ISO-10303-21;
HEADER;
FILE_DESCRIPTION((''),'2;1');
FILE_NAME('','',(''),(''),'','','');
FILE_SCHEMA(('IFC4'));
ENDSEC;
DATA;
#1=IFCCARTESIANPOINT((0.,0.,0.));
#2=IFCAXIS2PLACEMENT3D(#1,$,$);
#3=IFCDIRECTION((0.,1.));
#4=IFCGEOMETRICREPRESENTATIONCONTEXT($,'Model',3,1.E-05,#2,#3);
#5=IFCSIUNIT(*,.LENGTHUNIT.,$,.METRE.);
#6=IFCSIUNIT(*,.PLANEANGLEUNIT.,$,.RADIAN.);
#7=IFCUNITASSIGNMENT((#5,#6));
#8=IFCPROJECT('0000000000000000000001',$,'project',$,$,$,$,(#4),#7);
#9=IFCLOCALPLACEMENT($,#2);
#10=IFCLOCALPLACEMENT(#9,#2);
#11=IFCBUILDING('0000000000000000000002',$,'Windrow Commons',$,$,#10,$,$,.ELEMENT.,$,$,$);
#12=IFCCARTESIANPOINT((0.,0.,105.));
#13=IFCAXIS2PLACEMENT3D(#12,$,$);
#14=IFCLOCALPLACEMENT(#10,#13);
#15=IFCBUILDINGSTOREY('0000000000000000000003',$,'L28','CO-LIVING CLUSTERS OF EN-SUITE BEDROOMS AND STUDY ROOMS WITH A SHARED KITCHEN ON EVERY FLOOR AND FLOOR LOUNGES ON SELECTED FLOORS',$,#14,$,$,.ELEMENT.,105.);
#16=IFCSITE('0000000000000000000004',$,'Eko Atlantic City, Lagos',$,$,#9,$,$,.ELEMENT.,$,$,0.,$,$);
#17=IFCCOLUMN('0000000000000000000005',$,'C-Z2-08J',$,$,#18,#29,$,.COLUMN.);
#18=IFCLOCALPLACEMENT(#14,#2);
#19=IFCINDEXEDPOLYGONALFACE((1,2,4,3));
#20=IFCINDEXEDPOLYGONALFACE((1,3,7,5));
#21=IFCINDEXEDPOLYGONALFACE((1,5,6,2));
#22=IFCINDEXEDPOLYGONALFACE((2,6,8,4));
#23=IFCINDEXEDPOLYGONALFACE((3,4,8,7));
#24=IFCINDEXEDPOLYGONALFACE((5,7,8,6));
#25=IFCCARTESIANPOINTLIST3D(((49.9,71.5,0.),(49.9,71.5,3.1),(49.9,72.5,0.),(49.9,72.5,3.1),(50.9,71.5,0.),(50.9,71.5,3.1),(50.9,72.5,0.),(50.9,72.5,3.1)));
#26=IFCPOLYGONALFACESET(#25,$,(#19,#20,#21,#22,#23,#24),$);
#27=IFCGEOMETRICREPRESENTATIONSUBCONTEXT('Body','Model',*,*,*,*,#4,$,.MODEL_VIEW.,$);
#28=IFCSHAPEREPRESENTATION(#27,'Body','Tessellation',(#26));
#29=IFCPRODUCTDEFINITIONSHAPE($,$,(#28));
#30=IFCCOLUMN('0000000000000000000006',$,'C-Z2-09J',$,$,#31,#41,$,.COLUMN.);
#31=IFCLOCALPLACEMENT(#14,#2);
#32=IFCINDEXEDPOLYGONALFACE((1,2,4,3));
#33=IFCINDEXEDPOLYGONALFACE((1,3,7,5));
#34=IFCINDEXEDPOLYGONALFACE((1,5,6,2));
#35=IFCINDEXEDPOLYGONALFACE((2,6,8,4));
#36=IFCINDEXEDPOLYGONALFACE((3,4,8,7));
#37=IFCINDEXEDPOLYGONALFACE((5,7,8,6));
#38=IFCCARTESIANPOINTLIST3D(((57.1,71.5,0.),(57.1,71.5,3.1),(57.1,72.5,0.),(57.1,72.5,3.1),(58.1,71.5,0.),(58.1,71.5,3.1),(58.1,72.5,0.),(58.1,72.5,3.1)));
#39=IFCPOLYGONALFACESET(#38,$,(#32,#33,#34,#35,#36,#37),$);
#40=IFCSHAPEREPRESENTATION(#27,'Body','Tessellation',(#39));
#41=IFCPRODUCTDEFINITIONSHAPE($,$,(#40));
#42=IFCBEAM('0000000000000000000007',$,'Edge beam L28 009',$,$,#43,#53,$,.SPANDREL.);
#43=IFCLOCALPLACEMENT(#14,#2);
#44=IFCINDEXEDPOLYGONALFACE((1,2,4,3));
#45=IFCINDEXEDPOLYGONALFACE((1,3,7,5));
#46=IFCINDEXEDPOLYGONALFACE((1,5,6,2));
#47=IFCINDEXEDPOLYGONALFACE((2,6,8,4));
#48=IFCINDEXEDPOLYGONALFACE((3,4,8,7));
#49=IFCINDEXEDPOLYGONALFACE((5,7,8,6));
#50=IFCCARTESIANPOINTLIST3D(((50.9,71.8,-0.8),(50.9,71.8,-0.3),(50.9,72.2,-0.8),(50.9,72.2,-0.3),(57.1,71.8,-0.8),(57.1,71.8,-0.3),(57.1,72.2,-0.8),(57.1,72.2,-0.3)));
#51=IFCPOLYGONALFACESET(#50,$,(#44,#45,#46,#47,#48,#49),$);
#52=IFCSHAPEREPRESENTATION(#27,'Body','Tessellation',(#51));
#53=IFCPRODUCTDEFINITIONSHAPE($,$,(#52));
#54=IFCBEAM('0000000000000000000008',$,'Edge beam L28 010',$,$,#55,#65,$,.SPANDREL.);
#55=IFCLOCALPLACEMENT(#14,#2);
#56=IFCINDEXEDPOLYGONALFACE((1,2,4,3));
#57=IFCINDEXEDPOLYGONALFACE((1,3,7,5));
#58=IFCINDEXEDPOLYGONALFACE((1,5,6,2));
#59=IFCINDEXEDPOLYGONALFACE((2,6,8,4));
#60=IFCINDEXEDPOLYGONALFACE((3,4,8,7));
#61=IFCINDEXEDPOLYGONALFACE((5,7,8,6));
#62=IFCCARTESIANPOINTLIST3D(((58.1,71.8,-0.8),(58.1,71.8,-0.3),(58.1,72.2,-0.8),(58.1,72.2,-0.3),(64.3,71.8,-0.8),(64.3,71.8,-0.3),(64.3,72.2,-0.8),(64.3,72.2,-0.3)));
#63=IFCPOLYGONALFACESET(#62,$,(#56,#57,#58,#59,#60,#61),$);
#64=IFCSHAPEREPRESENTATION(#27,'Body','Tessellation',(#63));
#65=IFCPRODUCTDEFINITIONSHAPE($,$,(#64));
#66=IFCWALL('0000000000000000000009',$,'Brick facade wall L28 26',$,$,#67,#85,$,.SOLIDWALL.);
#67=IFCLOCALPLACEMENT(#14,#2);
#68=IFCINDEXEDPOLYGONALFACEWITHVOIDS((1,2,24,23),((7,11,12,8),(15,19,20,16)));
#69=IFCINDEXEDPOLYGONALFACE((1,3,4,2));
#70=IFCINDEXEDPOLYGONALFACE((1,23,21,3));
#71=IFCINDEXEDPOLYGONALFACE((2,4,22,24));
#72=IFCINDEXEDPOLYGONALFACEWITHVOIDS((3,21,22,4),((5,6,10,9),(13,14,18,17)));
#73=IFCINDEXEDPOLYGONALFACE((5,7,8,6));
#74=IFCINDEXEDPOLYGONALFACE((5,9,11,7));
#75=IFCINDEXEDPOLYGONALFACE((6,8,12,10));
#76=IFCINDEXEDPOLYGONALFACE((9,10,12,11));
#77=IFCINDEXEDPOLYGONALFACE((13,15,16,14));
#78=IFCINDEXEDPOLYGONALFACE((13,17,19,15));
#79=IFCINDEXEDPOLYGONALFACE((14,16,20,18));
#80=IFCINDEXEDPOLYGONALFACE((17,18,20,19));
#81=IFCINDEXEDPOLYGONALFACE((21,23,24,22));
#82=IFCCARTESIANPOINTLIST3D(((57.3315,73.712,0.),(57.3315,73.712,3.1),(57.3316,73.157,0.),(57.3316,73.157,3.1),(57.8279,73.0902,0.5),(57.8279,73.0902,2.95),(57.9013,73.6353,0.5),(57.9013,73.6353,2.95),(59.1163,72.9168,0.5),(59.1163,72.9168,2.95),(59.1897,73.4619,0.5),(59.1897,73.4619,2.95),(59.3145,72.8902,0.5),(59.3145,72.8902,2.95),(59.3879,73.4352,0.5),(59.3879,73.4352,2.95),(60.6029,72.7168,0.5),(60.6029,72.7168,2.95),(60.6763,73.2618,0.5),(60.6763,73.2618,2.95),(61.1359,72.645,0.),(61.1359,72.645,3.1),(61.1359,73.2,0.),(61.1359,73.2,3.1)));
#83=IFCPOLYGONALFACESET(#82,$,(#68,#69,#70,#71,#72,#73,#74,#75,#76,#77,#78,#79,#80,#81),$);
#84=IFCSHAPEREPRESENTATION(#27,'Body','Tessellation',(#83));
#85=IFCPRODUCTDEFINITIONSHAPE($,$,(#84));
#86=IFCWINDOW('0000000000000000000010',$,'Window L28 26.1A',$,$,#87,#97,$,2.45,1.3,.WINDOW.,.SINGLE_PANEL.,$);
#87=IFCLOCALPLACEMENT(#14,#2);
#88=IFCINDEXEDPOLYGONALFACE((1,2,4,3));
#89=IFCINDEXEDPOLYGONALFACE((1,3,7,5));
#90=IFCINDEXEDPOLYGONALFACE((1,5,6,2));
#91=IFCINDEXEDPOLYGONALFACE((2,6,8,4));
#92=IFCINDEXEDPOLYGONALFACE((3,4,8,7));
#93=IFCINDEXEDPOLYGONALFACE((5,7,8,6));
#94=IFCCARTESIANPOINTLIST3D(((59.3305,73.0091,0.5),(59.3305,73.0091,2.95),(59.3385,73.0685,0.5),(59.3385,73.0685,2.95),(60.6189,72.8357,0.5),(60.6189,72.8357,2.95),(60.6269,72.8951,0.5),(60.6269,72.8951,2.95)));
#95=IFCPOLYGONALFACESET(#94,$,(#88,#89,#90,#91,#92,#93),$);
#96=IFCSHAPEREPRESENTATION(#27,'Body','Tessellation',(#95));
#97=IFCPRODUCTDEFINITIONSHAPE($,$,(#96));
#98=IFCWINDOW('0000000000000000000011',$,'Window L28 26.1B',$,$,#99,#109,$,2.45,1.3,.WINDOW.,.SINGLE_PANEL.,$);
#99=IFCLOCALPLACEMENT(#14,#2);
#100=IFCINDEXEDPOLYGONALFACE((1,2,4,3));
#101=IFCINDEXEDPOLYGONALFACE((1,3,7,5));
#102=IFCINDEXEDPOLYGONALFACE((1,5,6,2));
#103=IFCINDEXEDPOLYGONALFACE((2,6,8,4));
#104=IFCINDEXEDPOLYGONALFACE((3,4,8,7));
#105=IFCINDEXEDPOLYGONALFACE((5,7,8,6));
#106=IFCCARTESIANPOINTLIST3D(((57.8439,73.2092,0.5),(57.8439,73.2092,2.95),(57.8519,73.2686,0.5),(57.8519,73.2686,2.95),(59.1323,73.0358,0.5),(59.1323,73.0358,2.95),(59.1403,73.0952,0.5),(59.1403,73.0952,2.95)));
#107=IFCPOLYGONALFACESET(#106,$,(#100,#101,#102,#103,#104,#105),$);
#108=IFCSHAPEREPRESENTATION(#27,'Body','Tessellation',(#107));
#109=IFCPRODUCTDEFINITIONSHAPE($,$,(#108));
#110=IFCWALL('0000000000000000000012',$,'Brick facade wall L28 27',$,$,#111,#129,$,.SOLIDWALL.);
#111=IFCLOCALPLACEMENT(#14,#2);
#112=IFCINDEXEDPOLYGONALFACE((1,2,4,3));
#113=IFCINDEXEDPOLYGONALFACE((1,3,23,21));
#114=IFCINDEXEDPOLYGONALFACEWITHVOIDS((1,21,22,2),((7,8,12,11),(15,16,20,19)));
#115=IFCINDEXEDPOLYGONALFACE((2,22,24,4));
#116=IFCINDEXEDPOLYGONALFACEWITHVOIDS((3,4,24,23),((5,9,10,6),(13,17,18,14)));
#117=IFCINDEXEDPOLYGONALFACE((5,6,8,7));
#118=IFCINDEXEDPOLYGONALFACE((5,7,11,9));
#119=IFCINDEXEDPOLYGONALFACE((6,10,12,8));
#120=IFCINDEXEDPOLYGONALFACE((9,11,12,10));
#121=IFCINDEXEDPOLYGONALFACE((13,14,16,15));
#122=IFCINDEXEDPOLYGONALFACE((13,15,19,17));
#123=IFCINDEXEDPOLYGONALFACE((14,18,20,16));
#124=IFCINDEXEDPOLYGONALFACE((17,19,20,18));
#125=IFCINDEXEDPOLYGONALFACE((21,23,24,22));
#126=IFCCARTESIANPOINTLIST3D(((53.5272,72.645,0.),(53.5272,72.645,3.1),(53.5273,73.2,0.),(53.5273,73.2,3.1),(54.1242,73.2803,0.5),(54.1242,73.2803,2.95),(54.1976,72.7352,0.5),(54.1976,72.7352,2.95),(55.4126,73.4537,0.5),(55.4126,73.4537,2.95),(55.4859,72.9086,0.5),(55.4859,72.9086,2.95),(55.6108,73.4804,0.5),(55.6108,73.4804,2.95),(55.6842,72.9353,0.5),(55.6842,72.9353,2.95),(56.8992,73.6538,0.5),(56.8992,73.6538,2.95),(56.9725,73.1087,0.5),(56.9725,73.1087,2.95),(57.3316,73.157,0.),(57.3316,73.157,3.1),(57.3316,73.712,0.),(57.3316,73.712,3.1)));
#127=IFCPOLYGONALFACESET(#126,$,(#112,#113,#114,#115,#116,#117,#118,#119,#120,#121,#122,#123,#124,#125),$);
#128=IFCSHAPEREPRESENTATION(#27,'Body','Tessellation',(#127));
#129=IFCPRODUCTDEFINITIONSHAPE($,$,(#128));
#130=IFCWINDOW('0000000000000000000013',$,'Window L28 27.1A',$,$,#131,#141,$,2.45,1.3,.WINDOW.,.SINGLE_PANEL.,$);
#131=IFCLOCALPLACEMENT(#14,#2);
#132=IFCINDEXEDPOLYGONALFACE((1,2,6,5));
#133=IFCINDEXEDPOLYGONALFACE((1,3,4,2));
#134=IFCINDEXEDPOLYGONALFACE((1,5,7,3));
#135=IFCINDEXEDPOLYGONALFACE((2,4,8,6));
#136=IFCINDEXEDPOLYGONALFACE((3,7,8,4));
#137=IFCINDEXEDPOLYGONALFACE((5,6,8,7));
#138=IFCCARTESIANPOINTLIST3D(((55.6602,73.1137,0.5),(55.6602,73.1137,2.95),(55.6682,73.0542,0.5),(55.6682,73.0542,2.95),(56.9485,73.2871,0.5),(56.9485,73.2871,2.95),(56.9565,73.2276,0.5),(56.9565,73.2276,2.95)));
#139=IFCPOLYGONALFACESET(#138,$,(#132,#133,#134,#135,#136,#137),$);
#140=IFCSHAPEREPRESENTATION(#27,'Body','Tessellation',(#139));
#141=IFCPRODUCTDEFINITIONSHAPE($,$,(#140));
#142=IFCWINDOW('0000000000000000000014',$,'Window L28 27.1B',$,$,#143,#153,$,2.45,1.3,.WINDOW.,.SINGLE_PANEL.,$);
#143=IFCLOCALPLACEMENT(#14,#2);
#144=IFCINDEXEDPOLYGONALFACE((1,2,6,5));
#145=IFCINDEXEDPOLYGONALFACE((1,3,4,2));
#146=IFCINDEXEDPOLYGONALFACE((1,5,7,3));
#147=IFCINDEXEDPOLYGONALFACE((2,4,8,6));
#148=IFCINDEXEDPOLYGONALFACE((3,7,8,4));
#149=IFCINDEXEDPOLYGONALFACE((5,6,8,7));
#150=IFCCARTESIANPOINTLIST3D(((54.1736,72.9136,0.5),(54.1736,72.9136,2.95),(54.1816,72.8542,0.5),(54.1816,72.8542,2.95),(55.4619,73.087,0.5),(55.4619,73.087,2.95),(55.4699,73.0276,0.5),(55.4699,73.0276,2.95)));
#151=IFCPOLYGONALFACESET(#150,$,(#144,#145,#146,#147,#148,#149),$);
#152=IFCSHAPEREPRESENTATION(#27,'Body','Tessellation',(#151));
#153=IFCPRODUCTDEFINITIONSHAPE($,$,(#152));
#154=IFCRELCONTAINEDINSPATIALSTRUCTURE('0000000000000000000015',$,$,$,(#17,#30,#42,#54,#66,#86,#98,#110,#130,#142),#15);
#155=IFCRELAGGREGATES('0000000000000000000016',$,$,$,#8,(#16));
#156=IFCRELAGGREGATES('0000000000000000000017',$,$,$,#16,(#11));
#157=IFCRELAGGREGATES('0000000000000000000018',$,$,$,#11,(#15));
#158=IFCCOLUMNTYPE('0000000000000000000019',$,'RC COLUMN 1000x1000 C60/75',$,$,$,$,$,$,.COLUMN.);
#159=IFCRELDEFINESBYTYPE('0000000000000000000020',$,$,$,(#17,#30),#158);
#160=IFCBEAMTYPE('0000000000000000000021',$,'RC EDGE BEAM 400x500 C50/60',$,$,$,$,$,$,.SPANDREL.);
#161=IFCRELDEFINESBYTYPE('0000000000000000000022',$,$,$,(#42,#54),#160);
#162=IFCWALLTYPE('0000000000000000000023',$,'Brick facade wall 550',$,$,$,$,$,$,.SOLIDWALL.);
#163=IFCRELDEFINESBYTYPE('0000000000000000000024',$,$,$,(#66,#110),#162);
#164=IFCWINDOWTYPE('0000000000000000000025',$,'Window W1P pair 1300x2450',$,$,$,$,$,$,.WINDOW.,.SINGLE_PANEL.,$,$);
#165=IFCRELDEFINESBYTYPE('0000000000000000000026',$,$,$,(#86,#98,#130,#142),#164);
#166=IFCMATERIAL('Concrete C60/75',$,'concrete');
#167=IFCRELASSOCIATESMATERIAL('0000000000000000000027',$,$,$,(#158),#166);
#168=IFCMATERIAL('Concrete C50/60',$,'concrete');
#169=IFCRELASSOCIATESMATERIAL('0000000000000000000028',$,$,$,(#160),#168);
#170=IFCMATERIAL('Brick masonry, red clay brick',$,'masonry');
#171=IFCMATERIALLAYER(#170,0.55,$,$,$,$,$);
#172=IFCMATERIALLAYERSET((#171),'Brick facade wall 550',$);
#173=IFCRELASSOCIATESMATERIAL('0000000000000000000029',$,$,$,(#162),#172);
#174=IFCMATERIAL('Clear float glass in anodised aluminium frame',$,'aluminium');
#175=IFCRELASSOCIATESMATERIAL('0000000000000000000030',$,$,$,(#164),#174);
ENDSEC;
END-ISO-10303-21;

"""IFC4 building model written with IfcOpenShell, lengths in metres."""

from ifc_helpers import new_model, si_unit, direction, frame, frame_2d, origin, origin_2d, place, context, subcontext, project, spatial, polyline, rectangle, outline, extrude, material, layer, layer_set, material_profile, profile_set, type_object, element, fill, save


model = new_model("IFC4")

# Units and contexts
model_context = context("Model", 3, precision=1e-05, world=origin(), true_north=direction((0.0, 1.0)))
body_context = subcontext(model_context, "Body", "Model", "MODEL_VIEW")
ifc_project = project(units=[si_unit("LENGTHUNIT", "METRE"), si_unit("PLANEANGLEUNIT", "RADIAN")], contexts=[model_context])

# Site, building, storey
site_placement = place(None, origin())
site = spatial("IfcSite", under=ifc_project, at=site_placement, Name="Eko Atlantic City, Lagos", CompositionType="ELEMENT", RefElevation=0.0)
building_placement = place(site_placement, origin())
building = spatial("IfcBuilding", under=site, at=building_placement, Name="Windrow Commons", CompositionType="ELEMENT")
storey_placement = place(building_placement, frame((0.0, 0.0, 105.0)))
storey = spatial("IfcBuildingStorey", under=building, at=storey_placement, Name="L28", Description="CO-LIVING CLUSTERS OF EN-SUITE BEDROOMS AND STUDY ROOMS WITH A SHARED KITCHEN ON EVERY FLOOR AND FLOOR LOUNGES ON SELECTED FLOORS", CompositionType="ELEMENT", Elevation=105.0)

# Columns
ifc_material_1 = material(Name="Concrete C60/75", Category="concrete")
ifc_material_profile_1 = material_profile(ifc_material_1, rectangle(XDim=1.0, YDim=1.0, at=origin_2d()))
ifc_profile_set_1 = profile_set([ifc_material_profile_1], Name="Concrete C60/75")
column_type = type_object("IfcColumnType", Name="RC COLUMN 1000x1000 C60/75", PredefinedType="COLUMN", material=ifc_profile_set_1)
for number, where, z_axis, x_axis, name in (
    (1, (50.4, 72.0, 0.0), (0.0, 0.0, 1.0), (1.0, 0.0, 0.0), "C-Z2-08J"),
    (2, (57.6, 72.0, 0.0), (0.0, 0.0, 1.0), (1.0, 0.0, 0.0), "C-Z2-09J"),
):
    element("IfcColumn", number, at=place(storey_placement, frame(where, z_axis=z_axis, x_axis=x_axis)), inside=storey, type_object=column_type, Name=name, PredefinedType="COLUMN", context=body_context, shape_type="SweptSolid", body=[
        extrude(rectangle(XDim=1.0, YDim=1.0, at=origin_2d()), origin(), (0.0, 0.0, 1.0), 3.1),
    ])

# Beams
ifc_material_2 = material(Name="Concrete C50/60", Category="concrete")
ifc_material_profile_2 = material_profile(ifc_material_2, rectangle(XDim=0.4, YDim=0.5, at=origin_2d()))
ifc_profile_set_2 = profile_set([ifc_material_profile_2], Name="Concrete C50/60")
beam_type = type_object("IfcBeamType", Name="RC EDGE BEAM 400x500 C50/60", PredefinedType="SPANDREL", material=ifc_profile_set_2)
for number, where, z_axis, x_axis, name in (
    (3, (50.9, 72.0, -0.55), (1.0, 0.0, 0.0), (0.0, 1.0, 0.0), "Edge beam L28 009"),
    (4, (58.1, 72.0, -0.55), (1.0, 0.0, 0.0), (0.0, 1.0, 0.0), "Edge beam L28 010"),
):
    element("IfcBeam", number, at=place(storey_placement, frame(where, z_axis=z_axis, x_axis=x_axis)), inside=storey, type_object=beam_type, Name=name, PredefinedType="SPANDREL", context=body_context, shape_type="SweptSolid", body=[
        extrude(rectangle(XDim=0.4, YDim=0.5, at=origin_2d()), origin(), (0.0, 0.0, 1.0), 6.2),
    ])

# Walls, openings, windows
ifc_material_3 = material(Name="Brick masonry, red clay brick", Category="masonry")
ifc_layer_1 = layer(ifc_material_3, 0.55)
ifc_layer_set_1 = layer_set([ifc_layer_1], Name="Brick facade wall 550")
wall_type_1 = type_object("IfcWallType", Name="Brick facade wall 550", PredefinedType="SOLIDWALL", material=ifc_layer_set_1)
wall_1_placement = place(storey_placement, frame((61.1359, 72.9225, 0.0), z_axis=(0.0, 0.0, 1.0), x_axis=(-0.991065, 0.133382, 0.0)))
wall_1 = element("IfcWall", 5, at=wall_1_placement, inside=storey, type_object=wall_type_1, Name="Brick facade wall L28 26", PredefinedType="SOLIDWALL", context=body_context, shape_type="SweptSolid", body=[
    extrude(outline(polyline([(0.037, -0.275), (3.8757, -0.275), (3.8016, 0.275), (-0.037, 0.275), (0.037, -0.275)])), origin(), (0.0, 0.0, 1.0), 3.1),
])
opening_1_placement = place(wall_1_placement, frame((0.5008, 0.0, 0.5)))
opening_1 = element("IfcOpeningElement", 6, at=opening_1_placement, cuts=wall_1, PredefinedType="OPENING", context=body_context, shape_type="SweptSolid", body=[
    extrude(rectangle(XDim=1.3, YDim=2.45, at=frame_2d((0.65, 1.225))), frame((0.0, 0.285, 0.0), z_axis=(0.0, -1.0, 0.0), x_axis=(1.0, 0.0, 0.0)), (0.0, 0.0, 1.0), 0.57),
])
opening_2_placement = place(wall_1_placement, frame((2.0008, 0.0, 0.5)))
opening_2 = element("IfcOpeningElement", 7, at=opening_2_placement, cuts=wall_1, PredefinedType="OPENING", context=body_context, shape_type="SweptSolid", body=[
    extrude(rectangle(XDim=1.3, YDim=2.45, at=frame_2d((0.65, 1.225))), frame((0.0, 0.285, 0.0), z_axis=(0.0, -1.0, 0.0), x_axis=(1.0, 0.0, 0.0)), (0.0, 0.0, 1.0), 0.57),
])
ifc_material_4 = material(Name="Clear float glass in anodised aluminium frame", Category="aluminium")
window_type_1 = type_object("IfcWindowType", Name="Window W1P pair 1300x2450", PartitioningType="SINGLE_PANEL", PredefinedType="WINDOW", material=ifc_material_4)
window_1_placement = place(opening_1_placement, origin())
window_1 = element("IfcWindow", 8, at=window_1_placement, inside=storey, type_object=window_type_1, Name="Window L28 26.1A", OverallHeight=2.45, OverallWidth=1.3, PartitioningType="SINGLE_PANEL", PredefinedType="WINDOW", context=body_context, shape_type="SweptSolid", body=[
    extrude(rectangle(XDim=1.3, YDim=2.45, at=frame_2d((0.65, 1.225))), frame((0.0, 0.155, 0.0), z_axis=(0.0, -1.0, 0.0), x_axis=(1.0, 0.0, 0.0)), (0.0, 0.0, 1.0), 0.06),
])
fill(opening_1, window_1)
window_2_placement = place(opening_2_placement, origin())
window_2 = element("IfcWindow", 9, at=window_2_placement, inside=storey, type_object=window_type_1, Name="Window L28 26.1B", OverallHeight=2.45, OverallWidth=1.3, PartitioningType="SINGLE_PANEL", PredefinedType="WINDOW", context=body_context, shape_type="SweptSolid", body=[
    extrude(rectangle(XDim=1.3, YDim=2.45, at=frame_2d((0.65, 1.225))), frame((0.0, 0.155, 0.0), z_axis=(0.0, -1.0, 0.0), x_axis=(1.0, 0.0, 0.0)), (0.0, 0.0, 1.0), 0.06),
])
fill(opening_2, window_2)
wall_2_placement = place(storey_placement, frame((57.3316, 73.4345, 0.0), z_axis=(0.0, 0.0, 1.0), x_axis=(-0.991065, -0.133379, 0.0)))
wall_2 = element("IfcWall", 10, at=wall_2_placement, inside=storey, type_object=wall_type_1, Name="Brick facade wall L28 27", PredefinedType="SOLIDWALL", context=body_context, shape_type="SweptSolid", body=[
    extrude(outline(polyline([(-0.037, -0.275), (3.8016, -0.275), (3.8757, 0.275), (0.037, 0.275), (-0.037, -0.275)])), origin(), (0.0, 0.0, 1.0), 3.1),
])
opening_3_placement = place(wall_2_placement, frame((0.3993, 0.0, 0.5)))
opening_3 = element("IfcOpeningElement", 11, at=opening_3_placement, cuts=wall_2, PredefinedType="OPENING", context=body_context, shape_type="SweptSolid", body=[
    extrude(rectangle(XDim=1.3, YDim=2.45, at=frame_2d((0.65, 1.225))), frame((0.0, 0.285, 0.0), z_axis=(0.0, -1.0, 0.0), x_axis=(1.0, 0.0, 0.0)), (0.0, 0.0, 1.0), 0.57),
])
opening_4_placement = place(wall_2_placement, frame((1.8993, 0.0, 0.5)))
opening_4 = element("IfcOpeningElement", 12, at=opening_4_placement, cuts=wall_2, PredefinedType="OPENING", context=body_context, shape_type="SweptSolid", body=[
    extrude(rectangle(XDim=1.3, YDim=2.45, at=frame_2d((0.65, 1.225))), frame((0.0, 0.285, 0.0), z_axis=(0.0, -1.0, 0.0), x_axis=(1.0, 0.0, 0.0)), (0.0, 0.0, 1.0), 0.57),
])
window_3_placement = place(opening_3_placement, origin())
window_3 = element("IfcWindow", 13, at=window_3_placement, inside=storey, type_object=window_type_1, Name="Window L28 27.1A", OverallHeight=2.45, OverallWidth=1.3, PartitioningType="SINGLE_PANEL", PredefinedType="WINDOW", context=body_context, shape_type="SweptSolid", body=[
    extrude(rectangle(XDim=1.3, YDim=2.45, at=frame_2d((0.65, 1.225))), frame((0.0, 0.155, 0.0), z_axis=(0.0, -1.0, 0.0), x_axis=(1.0, 0.0, 0.0)), (0.0, 0.0, 1.0), 0.06),
])
fill(opening_3, window_3)
window_4_placement = place(opening_4_placement, origin())
window_4 = element("IfcWindow", 14, at=window_4_placement, inside=storey, type_object=window_type_1, Name="Window L28 27.1B", OverallHeight=2.45, OverallWidth=1.3, PartitioningType="SINGLE_PANEL", PredefinedType="WINDOW", context=body_context, shape_type="SweptSolid", body=[
    extrude(rectangle(XDim=1.3, YDim=2.45, at=frame_2d((0.65, 1.225))), frame((0.0, 0.155, 0.0), z_axis=(0.0, -1.0, 0.0), x_axis=(1.0, 0.0, 0.0)), (0.0, 0.0, 1.0), 0.06),
])
fill(opening_4, window_4)

save(model, "model.ifc")
